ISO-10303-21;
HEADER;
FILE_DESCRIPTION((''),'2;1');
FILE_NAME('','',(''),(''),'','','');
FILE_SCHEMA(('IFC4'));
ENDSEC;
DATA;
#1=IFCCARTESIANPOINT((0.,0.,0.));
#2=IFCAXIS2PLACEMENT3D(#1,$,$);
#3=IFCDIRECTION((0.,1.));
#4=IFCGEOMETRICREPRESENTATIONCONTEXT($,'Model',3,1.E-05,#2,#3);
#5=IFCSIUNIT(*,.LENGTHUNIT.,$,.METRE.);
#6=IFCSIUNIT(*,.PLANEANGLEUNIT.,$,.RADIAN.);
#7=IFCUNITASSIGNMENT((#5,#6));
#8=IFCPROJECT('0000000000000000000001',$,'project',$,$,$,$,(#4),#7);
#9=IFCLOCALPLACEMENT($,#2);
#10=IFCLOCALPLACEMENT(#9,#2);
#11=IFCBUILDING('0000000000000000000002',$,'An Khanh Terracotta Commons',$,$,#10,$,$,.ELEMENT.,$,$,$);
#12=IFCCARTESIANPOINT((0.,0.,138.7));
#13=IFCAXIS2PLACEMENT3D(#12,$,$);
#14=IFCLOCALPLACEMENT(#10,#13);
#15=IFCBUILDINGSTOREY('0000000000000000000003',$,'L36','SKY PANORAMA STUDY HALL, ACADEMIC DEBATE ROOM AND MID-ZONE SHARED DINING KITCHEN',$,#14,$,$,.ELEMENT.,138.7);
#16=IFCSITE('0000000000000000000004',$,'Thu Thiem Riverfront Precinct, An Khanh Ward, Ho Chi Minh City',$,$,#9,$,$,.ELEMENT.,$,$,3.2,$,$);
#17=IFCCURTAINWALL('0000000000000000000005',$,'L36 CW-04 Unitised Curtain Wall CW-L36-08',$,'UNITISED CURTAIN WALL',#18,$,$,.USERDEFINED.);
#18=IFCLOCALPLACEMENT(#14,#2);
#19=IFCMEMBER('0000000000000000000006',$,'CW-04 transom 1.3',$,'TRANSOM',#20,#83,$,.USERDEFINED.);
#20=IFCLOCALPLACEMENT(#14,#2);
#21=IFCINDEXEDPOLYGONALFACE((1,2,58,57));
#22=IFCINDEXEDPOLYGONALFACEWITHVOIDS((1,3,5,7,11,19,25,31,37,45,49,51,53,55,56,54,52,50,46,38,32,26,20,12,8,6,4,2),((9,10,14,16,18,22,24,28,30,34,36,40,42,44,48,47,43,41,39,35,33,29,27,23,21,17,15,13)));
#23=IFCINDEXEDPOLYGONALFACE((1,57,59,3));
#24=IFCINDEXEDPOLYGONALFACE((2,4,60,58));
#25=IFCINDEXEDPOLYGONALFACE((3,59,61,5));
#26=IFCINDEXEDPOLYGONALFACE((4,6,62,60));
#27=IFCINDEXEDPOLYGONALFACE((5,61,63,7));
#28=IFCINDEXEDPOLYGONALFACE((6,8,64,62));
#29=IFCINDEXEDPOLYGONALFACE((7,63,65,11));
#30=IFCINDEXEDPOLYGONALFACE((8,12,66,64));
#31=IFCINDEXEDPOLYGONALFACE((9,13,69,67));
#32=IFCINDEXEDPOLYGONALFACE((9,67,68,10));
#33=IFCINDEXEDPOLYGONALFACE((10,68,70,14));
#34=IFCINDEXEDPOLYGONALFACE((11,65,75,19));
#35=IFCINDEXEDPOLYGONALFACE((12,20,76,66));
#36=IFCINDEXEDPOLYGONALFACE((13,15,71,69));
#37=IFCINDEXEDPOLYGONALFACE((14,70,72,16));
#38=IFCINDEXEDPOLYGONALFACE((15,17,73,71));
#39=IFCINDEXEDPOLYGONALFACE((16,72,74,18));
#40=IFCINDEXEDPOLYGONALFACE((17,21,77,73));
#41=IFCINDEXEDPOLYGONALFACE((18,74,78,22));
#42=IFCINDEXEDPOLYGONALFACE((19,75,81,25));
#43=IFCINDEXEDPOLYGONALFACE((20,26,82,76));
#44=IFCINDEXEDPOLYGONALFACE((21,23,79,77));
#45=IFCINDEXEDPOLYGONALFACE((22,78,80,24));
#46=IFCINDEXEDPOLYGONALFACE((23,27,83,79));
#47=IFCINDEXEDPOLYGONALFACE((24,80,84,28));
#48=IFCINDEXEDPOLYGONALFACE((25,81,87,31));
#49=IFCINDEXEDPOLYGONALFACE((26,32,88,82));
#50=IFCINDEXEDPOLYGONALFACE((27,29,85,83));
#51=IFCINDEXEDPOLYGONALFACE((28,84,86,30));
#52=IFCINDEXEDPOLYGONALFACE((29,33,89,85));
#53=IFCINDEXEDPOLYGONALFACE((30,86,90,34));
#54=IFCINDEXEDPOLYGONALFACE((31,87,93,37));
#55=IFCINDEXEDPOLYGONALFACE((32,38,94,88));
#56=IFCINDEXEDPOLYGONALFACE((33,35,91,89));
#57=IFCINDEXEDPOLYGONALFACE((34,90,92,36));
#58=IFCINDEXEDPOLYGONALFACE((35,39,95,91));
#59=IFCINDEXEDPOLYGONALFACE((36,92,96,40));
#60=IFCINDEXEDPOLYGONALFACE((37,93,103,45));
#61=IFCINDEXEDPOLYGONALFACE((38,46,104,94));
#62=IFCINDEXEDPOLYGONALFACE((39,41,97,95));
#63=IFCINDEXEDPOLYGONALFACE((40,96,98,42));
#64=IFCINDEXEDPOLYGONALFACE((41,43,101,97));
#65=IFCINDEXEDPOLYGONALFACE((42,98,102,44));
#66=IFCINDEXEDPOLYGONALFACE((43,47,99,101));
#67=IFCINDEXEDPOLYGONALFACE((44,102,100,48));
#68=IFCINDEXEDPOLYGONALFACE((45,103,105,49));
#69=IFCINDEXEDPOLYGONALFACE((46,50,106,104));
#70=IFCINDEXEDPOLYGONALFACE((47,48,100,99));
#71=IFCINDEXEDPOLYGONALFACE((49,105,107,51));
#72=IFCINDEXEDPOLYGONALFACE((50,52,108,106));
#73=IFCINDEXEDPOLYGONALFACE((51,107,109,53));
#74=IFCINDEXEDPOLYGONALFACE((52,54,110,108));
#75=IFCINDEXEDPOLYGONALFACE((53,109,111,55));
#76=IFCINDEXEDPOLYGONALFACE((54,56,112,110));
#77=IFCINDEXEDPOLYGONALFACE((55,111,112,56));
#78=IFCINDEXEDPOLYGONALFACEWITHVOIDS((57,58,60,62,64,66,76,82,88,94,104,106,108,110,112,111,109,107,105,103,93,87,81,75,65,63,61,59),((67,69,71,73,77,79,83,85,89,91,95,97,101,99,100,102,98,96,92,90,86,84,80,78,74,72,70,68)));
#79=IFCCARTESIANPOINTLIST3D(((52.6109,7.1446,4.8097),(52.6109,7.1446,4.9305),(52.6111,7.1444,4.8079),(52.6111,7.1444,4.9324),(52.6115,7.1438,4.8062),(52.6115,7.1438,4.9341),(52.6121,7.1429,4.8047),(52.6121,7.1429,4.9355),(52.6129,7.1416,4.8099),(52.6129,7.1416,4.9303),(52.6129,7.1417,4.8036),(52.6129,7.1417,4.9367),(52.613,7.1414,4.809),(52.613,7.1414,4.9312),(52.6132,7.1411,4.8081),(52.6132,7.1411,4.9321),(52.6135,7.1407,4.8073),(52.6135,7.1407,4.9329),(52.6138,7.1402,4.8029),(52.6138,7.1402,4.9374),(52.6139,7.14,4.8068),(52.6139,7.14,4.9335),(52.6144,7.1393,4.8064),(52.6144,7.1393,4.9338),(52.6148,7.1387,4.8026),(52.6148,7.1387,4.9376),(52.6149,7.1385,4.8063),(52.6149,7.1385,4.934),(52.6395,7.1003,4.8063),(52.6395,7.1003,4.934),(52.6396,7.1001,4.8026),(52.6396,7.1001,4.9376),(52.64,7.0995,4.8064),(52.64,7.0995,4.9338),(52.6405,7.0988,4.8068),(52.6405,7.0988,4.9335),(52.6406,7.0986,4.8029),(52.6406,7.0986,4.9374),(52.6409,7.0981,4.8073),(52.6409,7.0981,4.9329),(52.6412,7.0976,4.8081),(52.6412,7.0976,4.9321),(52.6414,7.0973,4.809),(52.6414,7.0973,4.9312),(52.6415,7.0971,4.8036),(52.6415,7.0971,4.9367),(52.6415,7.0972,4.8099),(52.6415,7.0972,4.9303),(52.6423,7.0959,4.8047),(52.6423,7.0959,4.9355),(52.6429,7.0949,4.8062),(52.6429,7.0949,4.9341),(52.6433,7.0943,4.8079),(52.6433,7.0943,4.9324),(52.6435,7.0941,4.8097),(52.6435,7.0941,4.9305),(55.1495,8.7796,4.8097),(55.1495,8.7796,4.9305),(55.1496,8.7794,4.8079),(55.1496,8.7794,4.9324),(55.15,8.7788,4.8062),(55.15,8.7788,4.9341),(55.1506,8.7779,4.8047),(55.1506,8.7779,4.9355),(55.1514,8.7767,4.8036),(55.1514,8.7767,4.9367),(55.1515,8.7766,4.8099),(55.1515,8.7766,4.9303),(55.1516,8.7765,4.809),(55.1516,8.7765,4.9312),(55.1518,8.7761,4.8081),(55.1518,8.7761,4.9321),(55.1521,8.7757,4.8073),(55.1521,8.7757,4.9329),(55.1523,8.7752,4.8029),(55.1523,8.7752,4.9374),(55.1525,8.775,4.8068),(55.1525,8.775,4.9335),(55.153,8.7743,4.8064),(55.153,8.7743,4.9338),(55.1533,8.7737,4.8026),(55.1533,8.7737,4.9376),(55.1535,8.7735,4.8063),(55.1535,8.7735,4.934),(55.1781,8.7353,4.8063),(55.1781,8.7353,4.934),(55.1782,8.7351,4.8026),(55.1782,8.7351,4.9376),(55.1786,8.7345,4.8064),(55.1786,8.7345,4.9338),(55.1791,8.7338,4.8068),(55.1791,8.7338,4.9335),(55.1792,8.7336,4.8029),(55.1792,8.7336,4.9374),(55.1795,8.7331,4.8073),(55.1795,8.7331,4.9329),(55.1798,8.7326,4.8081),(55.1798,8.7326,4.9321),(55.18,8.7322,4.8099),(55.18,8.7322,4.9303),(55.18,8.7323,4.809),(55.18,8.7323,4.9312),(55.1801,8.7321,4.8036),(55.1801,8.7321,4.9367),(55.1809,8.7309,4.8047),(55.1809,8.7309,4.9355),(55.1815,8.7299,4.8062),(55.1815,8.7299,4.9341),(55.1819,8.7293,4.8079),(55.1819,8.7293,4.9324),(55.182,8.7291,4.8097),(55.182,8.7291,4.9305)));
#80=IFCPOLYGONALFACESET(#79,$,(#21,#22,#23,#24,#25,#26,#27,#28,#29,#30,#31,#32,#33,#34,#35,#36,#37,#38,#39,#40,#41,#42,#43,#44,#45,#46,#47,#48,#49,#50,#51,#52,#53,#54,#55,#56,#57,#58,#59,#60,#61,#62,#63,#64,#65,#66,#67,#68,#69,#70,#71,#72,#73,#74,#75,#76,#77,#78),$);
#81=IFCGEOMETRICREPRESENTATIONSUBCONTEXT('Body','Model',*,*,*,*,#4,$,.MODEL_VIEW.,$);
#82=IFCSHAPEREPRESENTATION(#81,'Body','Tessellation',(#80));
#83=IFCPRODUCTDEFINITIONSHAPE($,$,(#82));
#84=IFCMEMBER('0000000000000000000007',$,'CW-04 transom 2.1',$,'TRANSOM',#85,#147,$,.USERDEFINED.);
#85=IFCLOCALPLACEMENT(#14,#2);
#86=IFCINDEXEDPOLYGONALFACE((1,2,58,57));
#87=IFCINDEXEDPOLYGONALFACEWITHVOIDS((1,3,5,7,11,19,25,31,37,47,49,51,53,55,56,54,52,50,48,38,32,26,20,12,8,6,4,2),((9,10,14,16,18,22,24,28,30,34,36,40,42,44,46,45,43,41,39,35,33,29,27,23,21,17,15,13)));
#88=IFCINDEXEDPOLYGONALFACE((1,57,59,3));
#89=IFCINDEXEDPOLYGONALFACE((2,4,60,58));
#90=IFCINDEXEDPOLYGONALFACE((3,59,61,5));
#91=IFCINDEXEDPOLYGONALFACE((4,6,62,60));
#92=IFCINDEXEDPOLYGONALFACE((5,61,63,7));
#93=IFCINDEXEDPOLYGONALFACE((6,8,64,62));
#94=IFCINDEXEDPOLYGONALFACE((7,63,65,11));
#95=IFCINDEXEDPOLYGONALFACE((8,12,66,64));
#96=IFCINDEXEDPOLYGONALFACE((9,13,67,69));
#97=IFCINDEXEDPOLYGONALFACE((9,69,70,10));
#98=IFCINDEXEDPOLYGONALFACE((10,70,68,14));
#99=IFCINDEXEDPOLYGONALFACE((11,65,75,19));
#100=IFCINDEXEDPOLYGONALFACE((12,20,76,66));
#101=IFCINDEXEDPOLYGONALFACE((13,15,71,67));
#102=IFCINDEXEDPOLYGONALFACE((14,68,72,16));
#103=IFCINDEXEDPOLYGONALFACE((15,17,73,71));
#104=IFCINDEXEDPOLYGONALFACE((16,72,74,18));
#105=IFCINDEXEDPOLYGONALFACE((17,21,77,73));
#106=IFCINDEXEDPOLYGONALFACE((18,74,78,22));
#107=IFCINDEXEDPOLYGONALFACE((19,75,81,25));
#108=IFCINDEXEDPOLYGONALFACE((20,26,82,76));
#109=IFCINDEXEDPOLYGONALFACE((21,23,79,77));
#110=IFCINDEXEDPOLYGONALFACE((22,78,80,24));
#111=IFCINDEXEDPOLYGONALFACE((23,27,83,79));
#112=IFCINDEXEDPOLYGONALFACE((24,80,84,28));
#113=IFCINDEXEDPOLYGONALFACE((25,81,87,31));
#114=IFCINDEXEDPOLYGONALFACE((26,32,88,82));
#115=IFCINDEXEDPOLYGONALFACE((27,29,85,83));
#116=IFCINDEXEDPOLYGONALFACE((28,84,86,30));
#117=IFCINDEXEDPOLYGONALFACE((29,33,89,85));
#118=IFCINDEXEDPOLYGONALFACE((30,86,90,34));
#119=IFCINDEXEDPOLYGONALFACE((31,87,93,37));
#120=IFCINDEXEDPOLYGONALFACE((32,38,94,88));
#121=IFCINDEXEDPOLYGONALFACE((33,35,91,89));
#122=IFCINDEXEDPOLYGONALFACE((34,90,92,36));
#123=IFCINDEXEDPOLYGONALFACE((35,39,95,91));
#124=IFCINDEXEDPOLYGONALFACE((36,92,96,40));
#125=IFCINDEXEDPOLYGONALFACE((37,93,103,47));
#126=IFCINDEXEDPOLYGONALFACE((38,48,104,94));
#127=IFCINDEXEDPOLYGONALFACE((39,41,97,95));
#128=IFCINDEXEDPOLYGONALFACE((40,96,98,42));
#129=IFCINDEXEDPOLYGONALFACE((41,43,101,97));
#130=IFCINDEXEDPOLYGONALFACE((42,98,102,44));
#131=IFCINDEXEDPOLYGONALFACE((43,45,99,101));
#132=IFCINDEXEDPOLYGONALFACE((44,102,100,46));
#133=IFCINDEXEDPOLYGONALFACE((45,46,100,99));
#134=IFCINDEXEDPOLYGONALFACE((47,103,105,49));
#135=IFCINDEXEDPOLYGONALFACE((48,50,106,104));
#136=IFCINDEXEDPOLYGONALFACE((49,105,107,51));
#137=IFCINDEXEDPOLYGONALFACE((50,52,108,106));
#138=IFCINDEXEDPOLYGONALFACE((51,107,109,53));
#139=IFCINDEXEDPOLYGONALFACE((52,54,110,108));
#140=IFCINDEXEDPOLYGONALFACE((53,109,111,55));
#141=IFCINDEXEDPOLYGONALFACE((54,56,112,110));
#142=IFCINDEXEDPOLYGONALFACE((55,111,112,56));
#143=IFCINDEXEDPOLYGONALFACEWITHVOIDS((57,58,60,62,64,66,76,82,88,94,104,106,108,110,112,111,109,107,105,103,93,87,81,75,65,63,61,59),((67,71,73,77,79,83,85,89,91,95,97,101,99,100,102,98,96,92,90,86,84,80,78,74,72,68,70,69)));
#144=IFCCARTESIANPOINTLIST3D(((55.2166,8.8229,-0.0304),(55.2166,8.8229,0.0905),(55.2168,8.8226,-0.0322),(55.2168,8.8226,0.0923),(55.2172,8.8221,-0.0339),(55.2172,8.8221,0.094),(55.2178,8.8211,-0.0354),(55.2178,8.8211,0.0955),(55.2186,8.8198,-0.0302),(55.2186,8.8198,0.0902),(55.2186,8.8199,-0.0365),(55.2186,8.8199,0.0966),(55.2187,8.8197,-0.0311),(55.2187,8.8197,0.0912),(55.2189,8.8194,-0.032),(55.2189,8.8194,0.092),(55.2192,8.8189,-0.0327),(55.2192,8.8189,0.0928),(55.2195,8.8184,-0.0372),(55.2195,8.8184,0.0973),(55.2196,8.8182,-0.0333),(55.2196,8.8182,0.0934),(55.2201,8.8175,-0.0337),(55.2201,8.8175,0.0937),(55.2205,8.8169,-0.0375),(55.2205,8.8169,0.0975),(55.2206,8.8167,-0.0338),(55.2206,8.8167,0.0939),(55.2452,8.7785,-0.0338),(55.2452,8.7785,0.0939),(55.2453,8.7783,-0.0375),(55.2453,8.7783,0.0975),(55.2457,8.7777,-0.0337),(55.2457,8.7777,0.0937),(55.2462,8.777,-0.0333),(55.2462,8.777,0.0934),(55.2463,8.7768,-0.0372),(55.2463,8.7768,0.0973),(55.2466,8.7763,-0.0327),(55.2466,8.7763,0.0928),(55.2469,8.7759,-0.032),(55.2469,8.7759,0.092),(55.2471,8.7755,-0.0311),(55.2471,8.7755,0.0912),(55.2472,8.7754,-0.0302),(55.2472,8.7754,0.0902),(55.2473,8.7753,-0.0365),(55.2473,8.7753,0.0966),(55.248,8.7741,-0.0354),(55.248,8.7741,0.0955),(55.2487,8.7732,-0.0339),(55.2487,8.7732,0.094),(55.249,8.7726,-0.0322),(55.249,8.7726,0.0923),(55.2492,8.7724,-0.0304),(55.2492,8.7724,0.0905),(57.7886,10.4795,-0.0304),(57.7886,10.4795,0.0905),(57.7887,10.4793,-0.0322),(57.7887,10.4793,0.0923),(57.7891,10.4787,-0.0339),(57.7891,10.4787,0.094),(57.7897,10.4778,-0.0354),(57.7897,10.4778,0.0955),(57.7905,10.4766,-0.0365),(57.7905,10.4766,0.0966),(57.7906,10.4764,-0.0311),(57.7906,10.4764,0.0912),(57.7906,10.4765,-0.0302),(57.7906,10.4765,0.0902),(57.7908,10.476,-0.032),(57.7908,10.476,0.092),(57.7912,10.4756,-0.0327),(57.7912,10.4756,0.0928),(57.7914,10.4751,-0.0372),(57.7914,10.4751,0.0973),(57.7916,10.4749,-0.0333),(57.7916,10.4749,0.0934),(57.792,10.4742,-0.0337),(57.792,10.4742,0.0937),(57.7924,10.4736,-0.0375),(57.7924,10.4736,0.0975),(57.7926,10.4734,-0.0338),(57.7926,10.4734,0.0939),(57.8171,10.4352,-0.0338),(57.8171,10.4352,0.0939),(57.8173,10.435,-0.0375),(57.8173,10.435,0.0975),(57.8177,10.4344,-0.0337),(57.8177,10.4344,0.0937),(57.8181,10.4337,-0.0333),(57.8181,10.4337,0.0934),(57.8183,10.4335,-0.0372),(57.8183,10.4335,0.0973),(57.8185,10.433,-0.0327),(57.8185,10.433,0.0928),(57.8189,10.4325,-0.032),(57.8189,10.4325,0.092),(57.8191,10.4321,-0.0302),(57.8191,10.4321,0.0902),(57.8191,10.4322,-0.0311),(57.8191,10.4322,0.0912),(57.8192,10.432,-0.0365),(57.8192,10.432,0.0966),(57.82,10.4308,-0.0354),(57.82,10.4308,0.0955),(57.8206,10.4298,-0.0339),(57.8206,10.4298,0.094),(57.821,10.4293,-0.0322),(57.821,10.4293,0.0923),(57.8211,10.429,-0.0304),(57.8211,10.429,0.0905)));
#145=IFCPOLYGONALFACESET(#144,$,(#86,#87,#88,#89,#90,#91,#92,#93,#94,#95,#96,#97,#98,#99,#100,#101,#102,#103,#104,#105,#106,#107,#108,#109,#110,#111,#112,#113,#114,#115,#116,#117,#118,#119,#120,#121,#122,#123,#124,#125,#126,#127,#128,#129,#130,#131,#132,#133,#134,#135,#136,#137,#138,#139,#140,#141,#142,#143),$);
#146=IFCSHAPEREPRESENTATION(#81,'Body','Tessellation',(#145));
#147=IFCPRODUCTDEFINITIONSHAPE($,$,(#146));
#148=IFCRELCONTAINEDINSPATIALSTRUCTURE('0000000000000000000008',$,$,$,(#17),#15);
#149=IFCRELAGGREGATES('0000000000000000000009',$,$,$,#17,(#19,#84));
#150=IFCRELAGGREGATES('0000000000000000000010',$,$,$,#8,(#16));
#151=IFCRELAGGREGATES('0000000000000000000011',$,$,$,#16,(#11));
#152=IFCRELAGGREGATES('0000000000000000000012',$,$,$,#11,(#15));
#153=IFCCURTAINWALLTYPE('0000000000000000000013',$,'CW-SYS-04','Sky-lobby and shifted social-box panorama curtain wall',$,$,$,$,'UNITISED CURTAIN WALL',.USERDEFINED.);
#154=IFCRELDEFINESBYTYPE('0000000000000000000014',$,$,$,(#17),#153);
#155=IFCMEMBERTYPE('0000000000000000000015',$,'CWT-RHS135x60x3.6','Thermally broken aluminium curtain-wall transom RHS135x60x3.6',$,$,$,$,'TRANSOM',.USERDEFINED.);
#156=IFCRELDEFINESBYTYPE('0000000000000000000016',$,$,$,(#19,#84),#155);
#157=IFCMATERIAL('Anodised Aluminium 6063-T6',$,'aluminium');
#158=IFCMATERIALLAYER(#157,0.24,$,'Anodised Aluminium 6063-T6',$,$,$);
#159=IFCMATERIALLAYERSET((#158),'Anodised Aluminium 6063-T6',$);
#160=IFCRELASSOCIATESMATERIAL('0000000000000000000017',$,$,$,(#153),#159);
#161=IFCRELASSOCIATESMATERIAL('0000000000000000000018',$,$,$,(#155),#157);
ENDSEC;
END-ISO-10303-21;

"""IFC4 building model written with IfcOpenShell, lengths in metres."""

from ifc_helpers import new_model, si_unit, direction, frame, origin, origin_2d, place, context, subcontext, project, spatial, hollow_rectangle, extrude, material, layer, layer_set, material_profile, profile_set, type_object, element, aggregate, save


model = new_model("IFC4")

# Units and contexts
model_context = context("Model", 3, precision=1e-05, world=origin(), true_north=direction((0.0, 1.0)))
body_context = subcontext(model_context, "Body", "Model", "MODEL_VIEW")
ifc_project = project(units=[si_unit("LENGTHUNIT", "METRE"), si_unit("PLANEANGLEUNIT", "RADIAN")], contexts=[model_context])

# Site, building, storey
site_placement = place(None, origin())
site = spatial("IfcSite", under=ifc_project, at=site_placement, Name="Thu Thiem Riverfront Precinct, An Khanh Ward, Ho Chi Minh City", CompositionType="ELEMENT", RefElevation=3.2)
building_placement = place(site_placement, origin())
building = spatial("IfcBuilding", under=site, at=building_placement, Name="An Khanh Terracotta Commons", CompositionType="ELEMENT")
storey_placement = place(building_placement, frame((0.0, 0.0, 138.7)))
storey = spatial("IfcBuildingStorey", under=building, at=storey_placement, Name="L36", Description="SKY PANORAMA STUDY HALL, ACADEMIC DEBATE ROOM AND MID-ZONE SHARED DINING KITCHEN", CompositionType="ELEMENT", Elevation=138.7)

# Curtain wall, members
ifc_material_1 = material(Name="Anodised Aluminium 6063-T6", Category="aluminium")
ifc_layer_1 = layer(ifc_material_1, 0.24, Name="Anodised Aluminium 6063-T6")
ifc_layer_set_1 = layer_set([ifc_layer_1], Name="Anodised Aluminium 6063-T6")
curtain_wall_type = type_object("IfcCurtainWallType", Name="CW-SYS-04", Description="Sky-lobby and shifted social-box panorama curtain wall", ElementType="UNITISED CURTAIN WALL", PredefinedType="USERDEFINED", material=ifc_layer_set_1)
curtain_wall_placement = place(storey_placement, origin())
curtain_wall = element("IfcCurtainWall", 1, at=curtain_wall_placement, inside=storey, type_object=curtain_wall_type, Name="L36 CW-04 Unitised Curtain Wall CW-L36-08", ObjectType="UNITISED CURTAIN WALL", PredefinedType="USERDEFINED")
ifc_material_profile_1 = material_profile(ifc_material_1, hollow_rectangle(XDim=0.0601, YDim=0.135, WallThickness=0.0037, InnerFilletRadius=0.0037, OuterFilletRadius=0.0071, at=origin_2d()), Name="RHS135x60x3.6")
ifc_profile_set_1 = profile_set([ifc_material_profile_1], Name="Anodised Aluminium 6063-T6")
member_type_1 = type_object("IfcMemberType", Name="CWT-RHS135x60x3.6", Description="Thermally broken aluminium curtain-wall transom RHS135x60x3.6", ElementType="TRANSOM", PredefinedType="USERDEFINED", material=ifc_profile_set_1)
member_1_placement = place(storey_placement, frame((52.6272, 7.1194, 4.8701), z_axis=(0.840716, 0.541477, 0.0), x_axis=(-0.541477, 0.840716, 0.0)))
member_1 = element("IfcMember", 2, at=member_1_placement, type_object=member_type_1, Name="CW-04 transom 1.3", ObjectType="TRANSOM", PredefinedType="USERDEFINED", context=body_context, shape_type="SweptSolid", body=[
    extrude(hollow_rectangle(XDim=0.0601, YDim=0.135, WallThickness=0.0037, InnerFilletRadius=0.0037, OuterFilletRadius=0.0071, at=origin_2d()), origin(), (0.0, 0.0, 1.0), 3.0195),
])
member_2_placement = place(storey_placement, frame((55.2329, 8.7976, 0.03), z_axis=(0.840688, 0.54152, 0.0), x_axis=(-0.54152, 0.840688, 0.0)))
member_2 = element("IfcMember", 3, at=member_2_placement, type_object=member_type_1, Name="CW-04 transom 2.1", ObjectType="TRANSOM", PredefinedType="USERDEFINED", context=body_context, shape_type="SweptSolid", body=[
    extrude(hollow_rectangle(XDim=0.0601, YDim=0.135, WallThickness=0.0037, InnerFilletRadius=0.0037, OuterFilletRadius=0.0071, at=origin_2d()), origin(), (0.0, 0.0, 1.0), 3.0593),
])
aggregate(curtain_wall, [member_1, member_2])

save(model, "model.ifc")
